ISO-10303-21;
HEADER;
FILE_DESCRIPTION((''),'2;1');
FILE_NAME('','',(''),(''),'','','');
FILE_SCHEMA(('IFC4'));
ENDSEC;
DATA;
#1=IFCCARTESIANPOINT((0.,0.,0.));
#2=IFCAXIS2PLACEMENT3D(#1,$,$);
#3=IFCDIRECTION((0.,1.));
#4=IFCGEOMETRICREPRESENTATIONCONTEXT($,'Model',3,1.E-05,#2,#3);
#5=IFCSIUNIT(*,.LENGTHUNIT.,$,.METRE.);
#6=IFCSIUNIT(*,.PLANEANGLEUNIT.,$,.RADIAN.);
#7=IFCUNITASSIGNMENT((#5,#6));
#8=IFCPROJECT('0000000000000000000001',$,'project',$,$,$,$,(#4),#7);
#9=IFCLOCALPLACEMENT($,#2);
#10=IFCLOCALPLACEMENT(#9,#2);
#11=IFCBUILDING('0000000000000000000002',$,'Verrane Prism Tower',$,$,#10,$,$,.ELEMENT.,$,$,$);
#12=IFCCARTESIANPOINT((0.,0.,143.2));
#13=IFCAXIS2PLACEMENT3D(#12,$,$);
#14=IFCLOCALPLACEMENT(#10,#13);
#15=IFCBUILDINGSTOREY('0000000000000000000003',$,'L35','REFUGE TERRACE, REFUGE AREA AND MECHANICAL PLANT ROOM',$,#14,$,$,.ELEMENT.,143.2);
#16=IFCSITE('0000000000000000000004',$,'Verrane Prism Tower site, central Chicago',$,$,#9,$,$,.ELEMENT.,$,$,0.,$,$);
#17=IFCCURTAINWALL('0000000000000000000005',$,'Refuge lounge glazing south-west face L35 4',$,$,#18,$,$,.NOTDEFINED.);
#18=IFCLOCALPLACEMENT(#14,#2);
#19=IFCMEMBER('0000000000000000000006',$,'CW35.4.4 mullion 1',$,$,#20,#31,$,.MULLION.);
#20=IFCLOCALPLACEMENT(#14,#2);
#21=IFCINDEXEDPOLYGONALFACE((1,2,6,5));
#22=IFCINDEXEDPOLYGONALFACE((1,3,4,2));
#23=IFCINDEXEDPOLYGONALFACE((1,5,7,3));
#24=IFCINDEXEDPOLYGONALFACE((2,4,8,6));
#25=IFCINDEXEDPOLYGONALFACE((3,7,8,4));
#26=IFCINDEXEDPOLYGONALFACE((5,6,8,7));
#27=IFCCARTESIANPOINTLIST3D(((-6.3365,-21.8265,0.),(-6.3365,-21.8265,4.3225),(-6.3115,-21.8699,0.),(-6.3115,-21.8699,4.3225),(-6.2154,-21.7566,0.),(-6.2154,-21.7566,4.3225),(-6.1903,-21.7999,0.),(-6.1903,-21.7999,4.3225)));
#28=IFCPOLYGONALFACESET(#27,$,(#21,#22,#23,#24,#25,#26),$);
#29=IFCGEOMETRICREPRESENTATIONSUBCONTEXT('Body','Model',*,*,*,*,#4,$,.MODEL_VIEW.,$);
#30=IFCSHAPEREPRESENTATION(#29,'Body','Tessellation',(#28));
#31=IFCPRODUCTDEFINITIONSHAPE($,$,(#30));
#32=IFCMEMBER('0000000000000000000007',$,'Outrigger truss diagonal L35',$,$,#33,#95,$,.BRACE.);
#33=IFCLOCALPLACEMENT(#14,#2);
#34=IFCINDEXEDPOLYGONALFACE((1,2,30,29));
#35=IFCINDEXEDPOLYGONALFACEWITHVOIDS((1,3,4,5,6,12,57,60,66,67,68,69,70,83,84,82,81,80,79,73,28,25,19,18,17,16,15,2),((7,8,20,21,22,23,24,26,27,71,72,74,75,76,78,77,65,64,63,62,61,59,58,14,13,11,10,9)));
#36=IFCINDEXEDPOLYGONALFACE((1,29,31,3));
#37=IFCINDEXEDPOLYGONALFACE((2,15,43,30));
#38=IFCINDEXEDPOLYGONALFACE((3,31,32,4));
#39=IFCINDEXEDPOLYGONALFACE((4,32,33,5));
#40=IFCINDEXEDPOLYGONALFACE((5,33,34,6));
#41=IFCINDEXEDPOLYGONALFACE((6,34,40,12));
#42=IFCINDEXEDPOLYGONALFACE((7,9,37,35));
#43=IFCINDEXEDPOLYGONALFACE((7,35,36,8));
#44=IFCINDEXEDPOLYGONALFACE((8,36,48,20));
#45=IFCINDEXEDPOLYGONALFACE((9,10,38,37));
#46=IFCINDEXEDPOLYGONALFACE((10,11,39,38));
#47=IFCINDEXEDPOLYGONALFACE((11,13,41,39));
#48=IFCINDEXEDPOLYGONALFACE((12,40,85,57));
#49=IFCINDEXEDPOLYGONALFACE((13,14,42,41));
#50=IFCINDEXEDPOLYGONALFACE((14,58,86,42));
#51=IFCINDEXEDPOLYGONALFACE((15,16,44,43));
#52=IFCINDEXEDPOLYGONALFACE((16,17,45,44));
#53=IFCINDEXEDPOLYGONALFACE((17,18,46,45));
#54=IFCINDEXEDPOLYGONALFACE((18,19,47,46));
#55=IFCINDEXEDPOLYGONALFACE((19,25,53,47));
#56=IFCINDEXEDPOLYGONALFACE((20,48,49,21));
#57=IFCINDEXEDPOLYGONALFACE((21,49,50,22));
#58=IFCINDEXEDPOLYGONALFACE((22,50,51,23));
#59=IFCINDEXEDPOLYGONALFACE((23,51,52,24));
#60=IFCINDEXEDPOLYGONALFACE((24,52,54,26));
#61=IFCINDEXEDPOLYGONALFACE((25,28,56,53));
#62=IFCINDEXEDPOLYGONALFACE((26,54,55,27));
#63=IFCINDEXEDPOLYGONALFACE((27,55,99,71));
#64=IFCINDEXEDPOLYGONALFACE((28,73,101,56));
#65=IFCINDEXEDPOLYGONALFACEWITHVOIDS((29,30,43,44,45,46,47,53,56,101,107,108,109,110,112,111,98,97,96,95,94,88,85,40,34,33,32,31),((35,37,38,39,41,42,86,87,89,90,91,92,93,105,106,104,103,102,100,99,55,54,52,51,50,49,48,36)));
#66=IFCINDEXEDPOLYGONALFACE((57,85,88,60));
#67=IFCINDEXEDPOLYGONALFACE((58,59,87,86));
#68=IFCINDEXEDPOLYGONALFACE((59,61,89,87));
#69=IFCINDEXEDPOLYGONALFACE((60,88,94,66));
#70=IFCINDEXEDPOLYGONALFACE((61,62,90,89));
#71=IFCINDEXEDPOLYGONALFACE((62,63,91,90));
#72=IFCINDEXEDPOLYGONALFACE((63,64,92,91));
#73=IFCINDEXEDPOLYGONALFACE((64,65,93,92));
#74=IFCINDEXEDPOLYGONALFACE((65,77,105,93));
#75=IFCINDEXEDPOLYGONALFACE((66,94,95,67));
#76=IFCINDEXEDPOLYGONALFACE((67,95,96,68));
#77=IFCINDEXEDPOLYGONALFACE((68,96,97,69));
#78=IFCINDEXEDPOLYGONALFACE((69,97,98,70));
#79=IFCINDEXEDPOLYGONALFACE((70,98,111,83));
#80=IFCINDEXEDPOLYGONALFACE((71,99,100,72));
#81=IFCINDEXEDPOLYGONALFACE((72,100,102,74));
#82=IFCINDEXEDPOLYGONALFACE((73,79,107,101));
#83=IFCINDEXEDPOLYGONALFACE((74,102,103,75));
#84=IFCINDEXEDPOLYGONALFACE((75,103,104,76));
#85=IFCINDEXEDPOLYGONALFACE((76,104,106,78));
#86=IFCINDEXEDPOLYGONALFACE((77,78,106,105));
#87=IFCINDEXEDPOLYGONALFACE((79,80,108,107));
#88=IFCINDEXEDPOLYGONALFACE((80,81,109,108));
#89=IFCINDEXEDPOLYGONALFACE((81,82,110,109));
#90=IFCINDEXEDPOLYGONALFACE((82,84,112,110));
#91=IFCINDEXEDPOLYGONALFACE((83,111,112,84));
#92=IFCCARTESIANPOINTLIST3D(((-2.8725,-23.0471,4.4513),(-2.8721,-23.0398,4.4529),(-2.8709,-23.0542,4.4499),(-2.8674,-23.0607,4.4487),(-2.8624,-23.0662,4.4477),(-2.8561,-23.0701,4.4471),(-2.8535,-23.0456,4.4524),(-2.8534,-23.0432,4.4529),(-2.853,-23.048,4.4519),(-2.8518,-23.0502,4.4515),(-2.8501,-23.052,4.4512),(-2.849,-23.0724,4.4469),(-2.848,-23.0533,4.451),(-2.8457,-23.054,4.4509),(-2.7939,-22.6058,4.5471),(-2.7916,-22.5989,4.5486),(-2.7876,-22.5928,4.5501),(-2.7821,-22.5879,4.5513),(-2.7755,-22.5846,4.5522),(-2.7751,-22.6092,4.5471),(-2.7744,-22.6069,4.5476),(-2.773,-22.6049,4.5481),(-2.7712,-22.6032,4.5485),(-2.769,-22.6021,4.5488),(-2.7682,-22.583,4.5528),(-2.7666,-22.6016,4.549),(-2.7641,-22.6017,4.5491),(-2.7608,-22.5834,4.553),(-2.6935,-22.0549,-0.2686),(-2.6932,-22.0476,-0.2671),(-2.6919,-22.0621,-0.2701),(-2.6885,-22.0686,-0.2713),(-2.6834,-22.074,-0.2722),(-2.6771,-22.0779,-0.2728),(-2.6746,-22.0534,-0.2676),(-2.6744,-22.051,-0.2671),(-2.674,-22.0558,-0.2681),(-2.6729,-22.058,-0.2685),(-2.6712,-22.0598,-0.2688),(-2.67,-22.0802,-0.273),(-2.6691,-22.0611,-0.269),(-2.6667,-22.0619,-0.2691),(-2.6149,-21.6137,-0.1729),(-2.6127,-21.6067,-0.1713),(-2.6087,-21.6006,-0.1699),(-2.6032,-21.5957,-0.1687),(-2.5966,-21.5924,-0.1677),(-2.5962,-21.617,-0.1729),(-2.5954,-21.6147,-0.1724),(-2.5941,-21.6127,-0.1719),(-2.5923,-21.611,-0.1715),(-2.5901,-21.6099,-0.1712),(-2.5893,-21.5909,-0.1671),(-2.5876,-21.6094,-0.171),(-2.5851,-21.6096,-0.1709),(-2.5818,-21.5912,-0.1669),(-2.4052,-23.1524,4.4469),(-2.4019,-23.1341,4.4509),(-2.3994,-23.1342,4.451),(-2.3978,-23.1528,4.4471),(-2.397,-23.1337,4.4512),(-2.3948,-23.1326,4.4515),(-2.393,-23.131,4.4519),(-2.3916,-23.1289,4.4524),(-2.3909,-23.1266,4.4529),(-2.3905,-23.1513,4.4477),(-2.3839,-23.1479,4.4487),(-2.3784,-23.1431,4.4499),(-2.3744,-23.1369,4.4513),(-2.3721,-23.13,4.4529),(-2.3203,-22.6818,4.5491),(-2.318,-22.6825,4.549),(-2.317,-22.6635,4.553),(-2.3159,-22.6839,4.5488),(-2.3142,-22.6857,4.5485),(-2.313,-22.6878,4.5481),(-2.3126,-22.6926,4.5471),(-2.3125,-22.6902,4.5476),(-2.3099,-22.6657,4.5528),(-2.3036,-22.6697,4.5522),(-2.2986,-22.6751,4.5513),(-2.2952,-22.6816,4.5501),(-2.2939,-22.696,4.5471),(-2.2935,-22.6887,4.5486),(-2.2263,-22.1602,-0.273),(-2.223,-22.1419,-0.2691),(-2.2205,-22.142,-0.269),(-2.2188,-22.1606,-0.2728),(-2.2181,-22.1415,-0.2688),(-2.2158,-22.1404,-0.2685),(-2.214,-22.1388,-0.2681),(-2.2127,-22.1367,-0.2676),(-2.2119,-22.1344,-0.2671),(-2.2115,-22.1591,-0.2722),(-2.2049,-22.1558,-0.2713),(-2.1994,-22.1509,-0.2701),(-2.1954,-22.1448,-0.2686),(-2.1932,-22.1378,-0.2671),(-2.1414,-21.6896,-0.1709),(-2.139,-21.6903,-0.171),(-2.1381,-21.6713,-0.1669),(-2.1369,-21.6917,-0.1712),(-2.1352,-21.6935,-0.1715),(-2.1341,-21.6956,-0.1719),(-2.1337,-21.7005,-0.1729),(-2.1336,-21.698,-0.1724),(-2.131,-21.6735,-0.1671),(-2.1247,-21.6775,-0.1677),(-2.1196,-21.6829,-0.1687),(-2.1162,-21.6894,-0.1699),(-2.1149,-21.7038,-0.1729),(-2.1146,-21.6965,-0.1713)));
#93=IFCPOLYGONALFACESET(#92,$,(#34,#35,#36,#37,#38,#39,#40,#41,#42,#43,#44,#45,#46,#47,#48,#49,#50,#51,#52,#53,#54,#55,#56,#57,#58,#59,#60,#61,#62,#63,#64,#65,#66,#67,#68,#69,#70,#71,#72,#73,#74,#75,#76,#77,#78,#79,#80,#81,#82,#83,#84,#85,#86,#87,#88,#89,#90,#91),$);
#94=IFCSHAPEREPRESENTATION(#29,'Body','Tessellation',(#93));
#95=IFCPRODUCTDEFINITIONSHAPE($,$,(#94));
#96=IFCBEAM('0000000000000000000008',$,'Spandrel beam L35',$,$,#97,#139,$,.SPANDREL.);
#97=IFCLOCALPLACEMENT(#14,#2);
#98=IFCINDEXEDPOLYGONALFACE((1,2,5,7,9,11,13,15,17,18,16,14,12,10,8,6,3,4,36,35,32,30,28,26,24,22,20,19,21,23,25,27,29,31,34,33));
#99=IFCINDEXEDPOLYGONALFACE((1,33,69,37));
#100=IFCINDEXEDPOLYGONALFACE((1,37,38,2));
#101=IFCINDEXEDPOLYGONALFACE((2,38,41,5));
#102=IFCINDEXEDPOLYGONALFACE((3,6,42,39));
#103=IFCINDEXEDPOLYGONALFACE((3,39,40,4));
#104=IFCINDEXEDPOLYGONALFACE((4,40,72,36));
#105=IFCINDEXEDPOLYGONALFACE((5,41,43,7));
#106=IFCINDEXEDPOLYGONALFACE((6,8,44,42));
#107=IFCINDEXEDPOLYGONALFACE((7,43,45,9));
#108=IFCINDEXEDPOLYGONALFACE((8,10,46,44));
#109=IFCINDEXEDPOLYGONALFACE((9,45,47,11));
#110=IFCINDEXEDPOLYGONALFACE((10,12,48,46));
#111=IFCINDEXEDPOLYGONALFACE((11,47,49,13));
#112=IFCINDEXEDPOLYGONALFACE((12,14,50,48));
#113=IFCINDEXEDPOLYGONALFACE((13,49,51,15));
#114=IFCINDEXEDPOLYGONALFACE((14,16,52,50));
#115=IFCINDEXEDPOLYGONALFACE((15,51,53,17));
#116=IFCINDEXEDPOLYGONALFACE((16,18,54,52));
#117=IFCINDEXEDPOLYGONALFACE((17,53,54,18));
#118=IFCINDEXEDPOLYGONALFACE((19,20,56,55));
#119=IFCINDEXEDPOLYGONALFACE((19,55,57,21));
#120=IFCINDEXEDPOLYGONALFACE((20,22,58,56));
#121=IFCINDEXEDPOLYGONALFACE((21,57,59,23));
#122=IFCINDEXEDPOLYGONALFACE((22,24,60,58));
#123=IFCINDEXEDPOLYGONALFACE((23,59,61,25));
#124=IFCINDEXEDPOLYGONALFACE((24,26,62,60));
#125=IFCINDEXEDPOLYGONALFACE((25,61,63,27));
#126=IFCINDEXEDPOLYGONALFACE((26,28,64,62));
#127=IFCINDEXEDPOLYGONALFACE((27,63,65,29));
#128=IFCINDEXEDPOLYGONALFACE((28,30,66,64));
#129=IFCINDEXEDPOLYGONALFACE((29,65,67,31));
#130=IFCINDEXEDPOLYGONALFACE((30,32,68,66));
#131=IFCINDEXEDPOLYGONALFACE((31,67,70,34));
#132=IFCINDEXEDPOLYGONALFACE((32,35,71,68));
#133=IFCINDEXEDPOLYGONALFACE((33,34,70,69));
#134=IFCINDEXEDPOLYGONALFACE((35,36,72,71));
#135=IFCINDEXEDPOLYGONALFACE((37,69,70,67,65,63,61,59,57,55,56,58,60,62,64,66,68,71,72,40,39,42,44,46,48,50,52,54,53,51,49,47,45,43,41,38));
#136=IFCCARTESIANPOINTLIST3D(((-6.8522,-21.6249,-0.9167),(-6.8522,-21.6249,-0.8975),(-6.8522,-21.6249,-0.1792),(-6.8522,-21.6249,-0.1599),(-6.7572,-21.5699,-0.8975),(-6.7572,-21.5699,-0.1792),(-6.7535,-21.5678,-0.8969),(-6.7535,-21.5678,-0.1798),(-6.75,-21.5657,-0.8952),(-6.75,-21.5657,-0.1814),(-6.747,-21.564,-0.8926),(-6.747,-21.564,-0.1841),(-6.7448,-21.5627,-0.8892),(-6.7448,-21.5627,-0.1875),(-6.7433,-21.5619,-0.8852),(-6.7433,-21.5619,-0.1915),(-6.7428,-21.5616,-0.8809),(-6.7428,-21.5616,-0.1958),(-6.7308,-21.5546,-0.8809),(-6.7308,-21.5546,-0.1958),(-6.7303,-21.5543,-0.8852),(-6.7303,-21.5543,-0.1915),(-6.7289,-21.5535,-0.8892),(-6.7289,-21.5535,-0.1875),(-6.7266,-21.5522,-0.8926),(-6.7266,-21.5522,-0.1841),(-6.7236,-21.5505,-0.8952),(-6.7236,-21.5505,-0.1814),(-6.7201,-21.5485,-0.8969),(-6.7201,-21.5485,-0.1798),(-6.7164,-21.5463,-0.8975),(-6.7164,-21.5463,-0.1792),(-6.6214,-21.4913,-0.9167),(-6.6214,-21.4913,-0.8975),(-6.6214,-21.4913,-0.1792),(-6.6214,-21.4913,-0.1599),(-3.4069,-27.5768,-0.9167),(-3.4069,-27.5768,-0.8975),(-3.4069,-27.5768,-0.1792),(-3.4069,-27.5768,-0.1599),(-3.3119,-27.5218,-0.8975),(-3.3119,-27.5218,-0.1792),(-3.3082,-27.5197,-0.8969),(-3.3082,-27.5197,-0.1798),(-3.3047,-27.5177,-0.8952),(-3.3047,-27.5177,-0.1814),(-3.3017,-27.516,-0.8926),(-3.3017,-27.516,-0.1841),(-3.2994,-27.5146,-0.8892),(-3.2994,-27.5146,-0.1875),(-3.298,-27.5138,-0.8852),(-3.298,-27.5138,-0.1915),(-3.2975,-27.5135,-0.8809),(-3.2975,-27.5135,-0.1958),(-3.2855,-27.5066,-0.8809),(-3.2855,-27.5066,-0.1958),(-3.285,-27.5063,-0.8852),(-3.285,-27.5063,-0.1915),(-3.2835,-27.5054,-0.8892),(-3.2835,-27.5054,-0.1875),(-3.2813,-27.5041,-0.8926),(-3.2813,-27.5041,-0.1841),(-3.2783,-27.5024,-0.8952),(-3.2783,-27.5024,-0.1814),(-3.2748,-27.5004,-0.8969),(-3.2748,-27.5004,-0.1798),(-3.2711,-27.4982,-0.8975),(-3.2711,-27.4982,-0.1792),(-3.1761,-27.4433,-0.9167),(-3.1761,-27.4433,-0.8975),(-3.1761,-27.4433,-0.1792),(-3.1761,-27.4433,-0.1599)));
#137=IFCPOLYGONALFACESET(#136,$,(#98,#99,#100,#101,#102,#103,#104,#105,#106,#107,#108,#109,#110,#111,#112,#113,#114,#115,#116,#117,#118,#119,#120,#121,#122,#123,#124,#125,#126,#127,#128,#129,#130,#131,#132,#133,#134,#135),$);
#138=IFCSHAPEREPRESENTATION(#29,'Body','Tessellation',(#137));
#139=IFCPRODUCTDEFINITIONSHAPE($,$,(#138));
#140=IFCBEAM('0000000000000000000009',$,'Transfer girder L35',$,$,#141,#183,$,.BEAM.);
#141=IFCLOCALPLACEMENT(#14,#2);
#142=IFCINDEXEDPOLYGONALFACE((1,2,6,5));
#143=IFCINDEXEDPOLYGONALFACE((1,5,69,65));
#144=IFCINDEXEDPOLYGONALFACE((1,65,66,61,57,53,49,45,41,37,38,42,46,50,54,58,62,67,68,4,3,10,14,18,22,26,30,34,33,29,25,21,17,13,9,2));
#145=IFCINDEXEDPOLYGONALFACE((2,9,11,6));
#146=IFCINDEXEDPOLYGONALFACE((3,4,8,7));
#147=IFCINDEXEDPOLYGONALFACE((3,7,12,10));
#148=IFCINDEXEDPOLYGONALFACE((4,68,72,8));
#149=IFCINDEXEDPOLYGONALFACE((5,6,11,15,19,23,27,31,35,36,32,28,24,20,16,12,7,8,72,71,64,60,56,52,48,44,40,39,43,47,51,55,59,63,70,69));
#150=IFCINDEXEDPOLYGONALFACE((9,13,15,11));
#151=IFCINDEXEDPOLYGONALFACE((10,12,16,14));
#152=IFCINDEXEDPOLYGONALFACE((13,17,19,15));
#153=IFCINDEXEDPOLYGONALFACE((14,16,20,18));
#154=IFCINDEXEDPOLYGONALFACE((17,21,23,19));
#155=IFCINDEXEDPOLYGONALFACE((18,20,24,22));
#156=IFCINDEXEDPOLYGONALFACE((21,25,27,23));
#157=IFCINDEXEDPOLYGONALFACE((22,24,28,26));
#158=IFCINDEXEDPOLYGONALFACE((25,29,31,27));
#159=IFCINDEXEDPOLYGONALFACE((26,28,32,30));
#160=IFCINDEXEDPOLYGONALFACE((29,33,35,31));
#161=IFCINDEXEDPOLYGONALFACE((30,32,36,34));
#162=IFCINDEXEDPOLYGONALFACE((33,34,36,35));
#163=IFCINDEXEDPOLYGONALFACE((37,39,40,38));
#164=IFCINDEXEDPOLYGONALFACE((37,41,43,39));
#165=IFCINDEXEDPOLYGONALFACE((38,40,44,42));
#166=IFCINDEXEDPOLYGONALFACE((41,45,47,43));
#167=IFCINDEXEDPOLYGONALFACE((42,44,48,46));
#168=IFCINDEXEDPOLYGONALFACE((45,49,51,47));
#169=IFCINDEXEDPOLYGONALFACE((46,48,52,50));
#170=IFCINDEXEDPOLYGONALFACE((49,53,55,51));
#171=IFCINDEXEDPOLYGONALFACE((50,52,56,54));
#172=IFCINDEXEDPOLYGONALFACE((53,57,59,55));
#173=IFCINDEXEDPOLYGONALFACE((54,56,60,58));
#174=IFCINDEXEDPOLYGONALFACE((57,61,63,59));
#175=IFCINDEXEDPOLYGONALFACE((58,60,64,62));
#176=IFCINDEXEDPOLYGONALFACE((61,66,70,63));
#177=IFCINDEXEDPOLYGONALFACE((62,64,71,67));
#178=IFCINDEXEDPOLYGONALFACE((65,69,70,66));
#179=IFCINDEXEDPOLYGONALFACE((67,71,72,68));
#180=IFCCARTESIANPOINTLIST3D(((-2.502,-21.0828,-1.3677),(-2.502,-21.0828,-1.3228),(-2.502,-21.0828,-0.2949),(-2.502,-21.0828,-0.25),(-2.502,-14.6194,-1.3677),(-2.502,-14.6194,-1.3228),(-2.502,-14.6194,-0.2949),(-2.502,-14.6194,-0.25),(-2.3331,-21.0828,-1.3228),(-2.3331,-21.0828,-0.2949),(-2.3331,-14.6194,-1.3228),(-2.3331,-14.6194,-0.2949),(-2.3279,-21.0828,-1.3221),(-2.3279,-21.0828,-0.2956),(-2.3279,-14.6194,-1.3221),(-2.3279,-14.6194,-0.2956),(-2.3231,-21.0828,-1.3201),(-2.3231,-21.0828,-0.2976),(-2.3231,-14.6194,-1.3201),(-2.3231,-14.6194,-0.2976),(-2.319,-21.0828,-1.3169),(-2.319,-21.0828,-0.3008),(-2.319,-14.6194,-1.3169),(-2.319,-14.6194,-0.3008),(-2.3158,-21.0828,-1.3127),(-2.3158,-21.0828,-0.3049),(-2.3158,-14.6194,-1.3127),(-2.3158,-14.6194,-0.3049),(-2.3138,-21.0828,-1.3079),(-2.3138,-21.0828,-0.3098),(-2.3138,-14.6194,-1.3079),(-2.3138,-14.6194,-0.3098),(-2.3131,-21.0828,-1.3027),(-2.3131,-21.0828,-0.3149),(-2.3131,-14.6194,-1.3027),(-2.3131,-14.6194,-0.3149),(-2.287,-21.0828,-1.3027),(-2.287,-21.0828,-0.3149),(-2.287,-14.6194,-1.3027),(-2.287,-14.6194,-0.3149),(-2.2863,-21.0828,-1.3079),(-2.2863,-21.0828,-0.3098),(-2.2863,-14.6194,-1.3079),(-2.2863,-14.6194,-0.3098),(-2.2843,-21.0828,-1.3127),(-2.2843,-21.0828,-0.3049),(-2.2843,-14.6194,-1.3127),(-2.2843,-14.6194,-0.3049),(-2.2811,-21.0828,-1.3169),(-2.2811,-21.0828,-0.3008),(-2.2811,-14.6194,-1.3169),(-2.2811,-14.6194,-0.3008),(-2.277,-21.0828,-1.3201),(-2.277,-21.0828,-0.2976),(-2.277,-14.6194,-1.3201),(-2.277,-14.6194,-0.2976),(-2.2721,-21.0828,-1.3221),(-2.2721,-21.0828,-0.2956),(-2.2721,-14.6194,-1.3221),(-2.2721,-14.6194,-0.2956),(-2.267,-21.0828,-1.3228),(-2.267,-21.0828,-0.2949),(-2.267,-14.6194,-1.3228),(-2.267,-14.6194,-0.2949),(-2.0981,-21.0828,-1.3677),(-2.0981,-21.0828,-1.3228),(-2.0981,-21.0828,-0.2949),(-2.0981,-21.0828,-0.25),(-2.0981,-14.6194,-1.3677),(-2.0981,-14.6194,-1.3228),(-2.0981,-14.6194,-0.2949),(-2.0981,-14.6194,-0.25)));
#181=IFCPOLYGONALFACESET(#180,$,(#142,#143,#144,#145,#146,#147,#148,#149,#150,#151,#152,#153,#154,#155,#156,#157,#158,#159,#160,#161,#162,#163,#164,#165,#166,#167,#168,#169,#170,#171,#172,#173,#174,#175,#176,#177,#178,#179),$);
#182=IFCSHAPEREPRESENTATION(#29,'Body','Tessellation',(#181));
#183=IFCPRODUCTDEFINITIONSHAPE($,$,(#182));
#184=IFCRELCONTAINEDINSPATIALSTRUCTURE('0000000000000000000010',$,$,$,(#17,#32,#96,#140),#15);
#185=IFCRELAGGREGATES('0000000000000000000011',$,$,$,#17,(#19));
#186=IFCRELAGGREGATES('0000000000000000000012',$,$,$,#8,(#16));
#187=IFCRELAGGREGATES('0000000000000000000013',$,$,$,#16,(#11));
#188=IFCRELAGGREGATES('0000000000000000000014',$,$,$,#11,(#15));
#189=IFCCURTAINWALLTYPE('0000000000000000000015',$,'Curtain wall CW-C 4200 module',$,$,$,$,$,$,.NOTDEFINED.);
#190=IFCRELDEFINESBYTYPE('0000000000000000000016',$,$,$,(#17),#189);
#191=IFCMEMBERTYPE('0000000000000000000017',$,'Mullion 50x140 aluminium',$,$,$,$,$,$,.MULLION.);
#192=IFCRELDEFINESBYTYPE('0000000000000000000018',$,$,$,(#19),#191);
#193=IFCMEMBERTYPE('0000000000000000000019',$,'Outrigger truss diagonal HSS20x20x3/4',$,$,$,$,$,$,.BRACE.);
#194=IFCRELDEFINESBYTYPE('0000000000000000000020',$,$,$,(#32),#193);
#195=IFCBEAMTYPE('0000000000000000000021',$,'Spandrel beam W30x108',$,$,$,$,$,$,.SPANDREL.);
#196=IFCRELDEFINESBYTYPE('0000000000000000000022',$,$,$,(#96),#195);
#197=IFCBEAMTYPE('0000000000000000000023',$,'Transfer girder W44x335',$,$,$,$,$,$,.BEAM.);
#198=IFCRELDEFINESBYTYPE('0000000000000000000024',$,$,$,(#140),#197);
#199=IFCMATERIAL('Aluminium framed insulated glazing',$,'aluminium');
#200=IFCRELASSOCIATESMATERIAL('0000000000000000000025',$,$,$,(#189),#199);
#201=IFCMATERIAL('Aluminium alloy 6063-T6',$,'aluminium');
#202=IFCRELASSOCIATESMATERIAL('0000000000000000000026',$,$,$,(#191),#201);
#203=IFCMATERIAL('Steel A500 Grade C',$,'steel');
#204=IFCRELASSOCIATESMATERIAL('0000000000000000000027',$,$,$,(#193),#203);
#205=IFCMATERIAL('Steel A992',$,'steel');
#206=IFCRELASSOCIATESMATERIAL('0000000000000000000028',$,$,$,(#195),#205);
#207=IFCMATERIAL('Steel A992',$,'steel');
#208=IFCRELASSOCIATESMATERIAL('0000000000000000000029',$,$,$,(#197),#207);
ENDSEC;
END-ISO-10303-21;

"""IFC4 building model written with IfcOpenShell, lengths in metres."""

from ifc_helpers import new_model, si_unit, direction, frame, origin, origin_2d, place, context, subcontext, project, spatial, rectangle, hollow_rectangle, i_section, extrude, material, material_profile, profile_set, type_object, element, aggregate, save


model = new_model("IFC4")

# Units and contexts
model_context = context("Model", 3, precision=1e-05, world=origin(), true_north=direction((0.0, 1.0)))
body_context = subcontext(model_context, "Body", "Model", "MODEL_VIEW")
ifc_project = project(units=[si_unit("LENGTHUNIT", "METRE"), si_unit("PLANEANGLEUNIT", "RADIAN")], contexts=[model_context])

# Site, building, storey
site_placement = place(None, origin())
site = spatial("IfcSite", under=ifc_project, at=site_placement, Name="Verrane Prism Tower site, central Chicago", CompositionType="ELEMENT", RefElevation=0.0)
building_placement = place(site_placement, origin())
building = spatial("IfcBuilding", under=site, at=building_placement, Name="Verrane Prism Tower", CompositionType="ELEMENT")
storey_placement = place(building_placement, frame((0.0, 0.0, 143.2)))
storey = spatial("IfcBuildingStorey", under=building, at=storey_placement, Name="L35", Description="REFUGE TERRACE, REFUGE AREA AND MECHANICAL PLANT ROOM", CompositionType="ELEMENT", Elevation=143.2)

# Curtain wall, member
ifc_material_1 = material(Name="Aluminium framed insulated glazing", Category="aluminium")
curtain_wall_type = type_object("IfcCurtainWallType", Name="Curtain wall CW-C 4200 module", PredefinedType="NOTDEFINED", material=ifc_material_1)
curtain_wall_placement = place(storey_placement, origin())
curtain_wall = element("IfcCurtainWall", 1, at=curtain_wall_placement, inside=storey, type_object=curtain_wall_type, Name="Refuge lounge glazing south-west face L35 4", PredefinedType="NOTDEFINED")
ifc_material_2 = material(Name="Aluminium alloy 6063-T6", Category="aluminium")
ifc_material_profile_1 = material_profile(ifc_material_2, rectangle(XDim=0.1399, YDim=0.05, at=origin_2d()), Name="Mullion 50x140 aluminium")
ifc_profile_set_1 = profile_set([ifc_material_profile_1], Name="Aluminium alloy 6063-T6")
member_type_1 = type_object("IfcMemberType", Name="Mullion 50x140 aluminium", PredefinedType="MULLION", material=ifc_profile_set_1)
member_1_placement = place(storey_placement, frame((-6.2634, -21.8132, 0.0), z_axis=(0.0, 0.0, 1.0), x_axis=(0.866027, 0.499997, 0.0)))
member_1 = element("IfcMember", 2, at=member_1_placement, type_object=member_type_1, Name="CW35.4.4 mullion 1", PredefinedType="MULLION", context=body_context, shape_type="SweptSolid", body=[
    extrude(rectangle(XDim=0.1399, YDim=0.05, at=origin_2d()), origin(), (0.0, 0.0, 1.0), 4.3225),
])

# Member
ifc_material_3 = material(Name="Steel A500 Grade C", Category="steel")
ifc_material_profile_2 = material_profile(ifc_material_3, hollow_rectangle(XDim=0.5081, YDim=0.5081, WallThickness=0.019, InnerFilletRadius=0.0095, OuterFilletRadius=0.0286, at=origin_2d()), Name="HSS20x20x3/4")
ifc_profile_set_2 = profile_set([ifc_material_profile_2], Name="Steel A500 Grade C")
member_type_2 = type_object("IfcMemberType", Name="Outrigger truss diagonal HSS20x20x3/4", PredefinedType="BRACE", material=ifc_profile_set_2)
member_2_placement = place(storey_placement, frame((-2.4041, -21.8757, -0.22), z_axis=(-0.037078, -0.205573, 0.977939), x_axis=(0.984121, -0.1775, 0.0)))
element("IfcMember", 3, at=member_2_placement, inside=storey, type_object=member_type_2, Name="Outrigger truss diagonal L35", PredefinedType="BRACE", context=body_context, shape_type="SweptSolid", body=[
    extrude(hollow_rectangle(XDim=0.5081, YDim=0.5081, WallThickness=0.019, InnerFilletRadius=0.0095, OuterFilletRadius=0.0286, at=origin_2d()), origin(), (0.0, 0.0, 1.0), 4.8264),
])

# Beams
ifc_material_4 = material(Name="Steel A992", Category="steel")
ifc_material_profile_3 = material_profile(ifc_material_4, i_section(OverallWidth=0.2666, OverallDepth=0.7568, WebThickness=0.0139, FlangeThickness=0.0193, FilletRadius=0.0166, at=origin_2d()), Name="W30x108")
ifc_profile_set_3 = profile_set([ifc_material_profile_3], Name="Steel A992")
beam_type_1 = type_object("IfcBeamType", Name="Spandrel beam W30x108", PredefinedType="SPANDREL", material=ifc_profile_set_3)
beam_1_placement = place(storey_placement, frame((-6.7368, -21.5581, -0.5383), z_axis=(0.500979, -0.86546, 0.0), x_axis=(0.86546, 0.500979, 0.0)))
element("IfcBeam", 4, at=beam_1_placement, inside=storey, type_object=beam_type_1, Name="Spandrel beam L35", PredefinedType="SPANDREL", context=body_context, shape_type="SweptSolid", body=[
    extrude(i_section(OverallWidth=0.2666, OverallDepth=0.7568, WebThickness=0.0139, FlangeThickness=0.0193, FilletRadius=0.0166, at=origin_2d()), origin(), (0.0, 0.0, 1.0), 6.8772),
])
ifc_material_5 = material(Name="Steel A992", Category="steel")
ifc_material_profile_4 = material_profile(ifc_material_5, i_section(OverallWidth=0.4038, OverallDepth=1.1177, WebThickness=0.0261, FlangeThickness=0.0449, FilletRadius=0.02, at=origin_2d()), Name="W44x335")
ifc_profile_set_4 = profile_set([ifc_material_profile_4], Name="Steel A992")
beam_type_2 = type_object("IfcBeamType", Name="Transfer girder W44x335", PredefinedType="BEAM", material=ifc_profile_set_4)
beam_2_placement = place(storey_placement, frame((-2.3, -14.6194, -0.8088), z_axis=(0.0, -1.0, 0.0), x_axis=(1.0, 0.0, 0.0)))
element("IfcBeam", 5, at=beam_2_placement, inside=storey, type_object=beam_type_2, Name="Transfer girder L35", PredefinedType="BEAM", context=body_context, shape_type="SweptSolid", body=[
    extrude(i_section(OverallWidth=0.4038, OverallDepth=1.1177, WebThickness=0.0261, FlangeThickness=0.0449, FilletRadius=0.02, at=origin_2d()), origin(), (0.0, 0.0, 1.0), 6.4634),
])

aggregate(curtain_wall, [member_1])

save(model, "model.ifc")
